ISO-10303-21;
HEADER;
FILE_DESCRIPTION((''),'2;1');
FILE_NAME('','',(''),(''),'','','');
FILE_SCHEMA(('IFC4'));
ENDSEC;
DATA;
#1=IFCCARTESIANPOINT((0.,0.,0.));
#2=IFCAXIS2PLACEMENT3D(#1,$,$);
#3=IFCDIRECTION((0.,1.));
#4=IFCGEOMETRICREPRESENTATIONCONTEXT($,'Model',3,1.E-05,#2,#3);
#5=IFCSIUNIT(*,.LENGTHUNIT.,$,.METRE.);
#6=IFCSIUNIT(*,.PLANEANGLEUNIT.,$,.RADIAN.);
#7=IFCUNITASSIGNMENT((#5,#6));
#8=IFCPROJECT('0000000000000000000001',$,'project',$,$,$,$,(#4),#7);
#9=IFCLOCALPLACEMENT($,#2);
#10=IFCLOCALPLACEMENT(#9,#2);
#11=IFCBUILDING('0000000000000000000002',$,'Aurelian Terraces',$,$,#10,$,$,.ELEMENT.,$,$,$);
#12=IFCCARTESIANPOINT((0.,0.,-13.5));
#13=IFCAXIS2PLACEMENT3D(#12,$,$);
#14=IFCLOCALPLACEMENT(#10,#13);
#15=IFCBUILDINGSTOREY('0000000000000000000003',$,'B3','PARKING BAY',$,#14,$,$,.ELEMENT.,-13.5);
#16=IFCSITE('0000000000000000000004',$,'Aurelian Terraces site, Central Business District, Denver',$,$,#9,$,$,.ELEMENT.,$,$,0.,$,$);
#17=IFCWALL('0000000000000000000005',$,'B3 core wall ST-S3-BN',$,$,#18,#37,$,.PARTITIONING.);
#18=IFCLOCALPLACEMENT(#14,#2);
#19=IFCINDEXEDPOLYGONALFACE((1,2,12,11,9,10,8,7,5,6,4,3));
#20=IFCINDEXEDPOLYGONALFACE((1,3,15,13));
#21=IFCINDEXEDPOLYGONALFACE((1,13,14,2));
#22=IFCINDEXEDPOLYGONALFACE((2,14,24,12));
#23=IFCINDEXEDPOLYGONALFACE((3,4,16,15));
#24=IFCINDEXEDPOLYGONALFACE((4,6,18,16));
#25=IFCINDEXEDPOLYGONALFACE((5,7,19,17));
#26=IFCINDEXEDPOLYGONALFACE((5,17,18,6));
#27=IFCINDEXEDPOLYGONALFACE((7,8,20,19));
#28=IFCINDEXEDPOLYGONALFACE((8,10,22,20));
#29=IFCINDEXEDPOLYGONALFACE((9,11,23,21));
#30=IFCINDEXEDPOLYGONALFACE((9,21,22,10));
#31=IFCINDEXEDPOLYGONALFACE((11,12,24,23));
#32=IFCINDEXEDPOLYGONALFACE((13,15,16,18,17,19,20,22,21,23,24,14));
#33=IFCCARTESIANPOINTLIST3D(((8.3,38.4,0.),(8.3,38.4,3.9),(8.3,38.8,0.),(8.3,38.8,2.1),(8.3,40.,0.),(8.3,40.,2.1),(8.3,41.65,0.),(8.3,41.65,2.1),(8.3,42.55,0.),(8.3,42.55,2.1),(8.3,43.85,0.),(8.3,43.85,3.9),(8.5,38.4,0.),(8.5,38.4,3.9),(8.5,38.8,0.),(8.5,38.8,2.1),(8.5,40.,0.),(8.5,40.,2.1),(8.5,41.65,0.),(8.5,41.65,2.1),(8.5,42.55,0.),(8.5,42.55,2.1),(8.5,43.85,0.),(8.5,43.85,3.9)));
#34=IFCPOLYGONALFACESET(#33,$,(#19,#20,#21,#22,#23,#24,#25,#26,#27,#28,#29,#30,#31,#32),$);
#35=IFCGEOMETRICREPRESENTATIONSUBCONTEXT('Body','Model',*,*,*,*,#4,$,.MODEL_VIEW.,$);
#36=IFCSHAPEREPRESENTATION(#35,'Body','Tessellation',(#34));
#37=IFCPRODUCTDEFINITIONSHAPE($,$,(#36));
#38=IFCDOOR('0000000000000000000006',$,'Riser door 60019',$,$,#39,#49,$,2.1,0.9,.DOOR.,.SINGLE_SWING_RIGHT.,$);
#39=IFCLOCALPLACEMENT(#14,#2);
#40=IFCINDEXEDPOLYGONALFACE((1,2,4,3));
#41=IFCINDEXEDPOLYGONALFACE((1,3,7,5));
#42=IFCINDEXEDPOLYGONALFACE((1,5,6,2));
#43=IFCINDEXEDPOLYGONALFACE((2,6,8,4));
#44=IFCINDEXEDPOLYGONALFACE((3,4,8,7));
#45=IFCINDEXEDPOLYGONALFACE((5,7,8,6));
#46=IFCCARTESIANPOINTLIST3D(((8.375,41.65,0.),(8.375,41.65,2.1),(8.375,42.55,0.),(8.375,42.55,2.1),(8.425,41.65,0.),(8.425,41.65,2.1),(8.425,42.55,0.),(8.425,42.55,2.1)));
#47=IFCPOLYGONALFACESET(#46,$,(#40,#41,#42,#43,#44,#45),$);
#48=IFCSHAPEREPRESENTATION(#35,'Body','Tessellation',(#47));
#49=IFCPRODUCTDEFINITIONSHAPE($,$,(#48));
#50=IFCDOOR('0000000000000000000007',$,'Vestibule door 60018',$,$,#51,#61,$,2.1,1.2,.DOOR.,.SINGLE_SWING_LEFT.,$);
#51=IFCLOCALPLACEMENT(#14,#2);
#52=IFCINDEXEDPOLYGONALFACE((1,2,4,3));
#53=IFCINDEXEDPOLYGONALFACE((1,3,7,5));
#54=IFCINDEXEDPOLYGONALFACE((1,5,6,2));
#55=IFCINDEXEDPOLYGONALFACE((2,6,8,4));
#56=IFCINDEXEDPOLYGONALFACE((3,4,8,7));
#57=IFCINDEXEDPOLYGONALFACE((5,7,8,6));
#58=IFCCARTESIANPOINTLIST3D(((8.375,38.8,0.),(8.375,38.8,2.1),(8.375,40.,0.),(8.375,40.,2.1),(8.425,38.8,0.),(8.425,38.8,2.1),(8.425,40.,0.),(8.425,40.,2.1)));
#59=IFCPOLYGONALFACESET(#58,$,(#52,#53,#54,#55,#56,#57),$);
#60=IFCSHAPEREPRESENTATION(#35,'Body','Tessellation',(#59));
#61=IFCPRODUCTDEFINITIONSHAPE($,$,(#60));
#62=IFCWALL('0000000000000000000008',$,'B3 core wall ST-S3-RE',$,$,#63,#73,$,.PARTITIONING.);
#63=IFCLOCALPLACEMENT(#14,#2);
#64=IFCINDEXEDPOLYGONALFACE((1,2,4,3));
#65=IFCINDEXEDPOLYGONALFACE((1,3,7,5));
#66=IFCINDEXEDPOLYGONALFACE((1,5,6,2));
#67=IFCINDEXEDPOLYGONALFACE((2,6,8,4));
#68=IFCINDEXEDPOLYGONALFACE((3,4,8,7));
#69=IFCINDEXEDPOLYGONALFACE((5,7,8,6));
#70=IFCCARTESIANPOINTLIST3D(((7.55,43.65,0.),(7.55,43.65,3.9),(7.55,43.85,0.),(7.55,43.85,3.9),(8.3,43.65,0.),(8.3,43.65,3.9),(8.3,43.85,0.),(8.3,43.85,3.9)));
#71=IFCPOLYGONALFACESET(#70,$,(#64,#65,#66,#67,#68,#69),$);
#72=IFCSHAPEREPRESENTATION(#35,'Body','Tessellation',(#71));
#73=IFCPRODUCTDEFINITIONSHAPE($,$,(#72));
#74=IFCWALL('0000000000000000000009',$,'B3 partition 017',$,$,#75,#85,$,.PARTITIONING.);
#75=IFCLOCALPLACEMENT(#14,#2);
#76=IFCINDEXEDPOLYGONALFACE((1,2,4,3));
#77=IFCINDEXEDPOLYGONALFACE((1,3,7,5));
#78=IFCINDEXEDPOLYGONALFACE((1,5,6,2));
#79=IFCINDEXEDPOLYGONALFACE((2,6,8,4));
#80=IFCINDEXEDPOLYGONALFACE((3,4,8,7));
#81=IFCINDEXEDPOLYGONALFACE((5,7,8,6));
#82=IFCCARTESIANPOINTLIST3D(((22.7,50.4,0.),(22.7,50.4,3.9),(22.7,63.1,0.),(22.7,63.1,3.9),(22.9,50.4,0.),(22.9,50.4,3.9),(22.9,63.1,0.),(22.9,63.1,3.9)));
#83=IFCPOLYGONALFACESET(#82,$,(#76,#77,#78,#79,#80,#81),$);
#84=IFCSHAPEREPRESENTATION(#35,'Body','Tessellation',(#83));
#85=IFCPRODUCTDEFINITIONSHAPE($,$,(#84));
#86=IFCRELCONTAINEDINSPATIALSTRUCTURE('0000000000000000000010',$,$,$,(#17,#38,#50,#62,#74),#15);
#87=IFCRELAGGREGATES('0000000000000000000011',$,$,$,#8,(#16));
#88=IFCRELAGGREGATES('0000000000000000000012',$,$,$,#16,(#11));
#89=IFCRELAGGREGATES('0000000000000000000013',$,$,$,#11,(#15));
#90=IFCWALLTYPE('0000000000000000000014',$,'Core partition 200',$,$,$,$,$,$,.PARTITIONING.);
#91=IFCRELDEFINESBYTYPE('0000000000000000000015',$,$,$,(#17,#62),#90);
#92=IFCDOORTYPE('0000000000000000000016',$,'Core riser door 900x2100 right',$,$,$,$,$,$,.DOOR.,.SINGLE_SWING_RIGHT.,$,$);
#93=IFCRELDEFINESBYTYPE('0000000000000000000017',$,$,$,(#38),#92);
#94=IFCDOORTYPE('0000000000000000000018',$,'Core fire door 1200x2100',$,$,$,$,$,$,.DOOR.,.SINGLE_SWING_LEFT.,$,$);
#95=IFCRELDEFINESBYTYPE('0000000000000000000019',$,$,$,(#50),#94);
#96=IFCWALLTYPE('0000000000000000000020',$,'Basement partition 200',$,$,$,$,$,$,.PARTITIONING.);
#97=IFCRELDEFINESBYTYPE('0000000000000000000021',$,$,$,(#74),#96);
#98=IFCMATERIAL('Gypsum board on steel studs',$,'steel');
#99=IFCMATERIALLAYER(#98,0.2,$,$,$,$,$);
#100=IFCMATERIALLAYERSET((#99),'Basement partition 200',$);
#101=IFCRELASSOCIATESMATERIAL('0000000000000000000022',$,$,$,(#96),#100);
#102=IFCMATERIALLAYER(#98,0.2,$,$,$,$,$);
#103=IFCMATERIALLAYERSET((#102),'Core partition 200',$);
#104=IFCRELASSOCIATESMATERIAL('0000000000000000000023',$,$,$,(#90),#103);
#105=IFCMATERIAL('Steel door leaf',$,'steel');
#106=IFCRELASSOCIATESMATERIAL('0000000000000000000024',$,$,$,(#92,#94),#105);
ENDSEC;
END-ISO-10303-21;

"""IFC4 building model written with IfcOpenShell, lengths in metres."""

from ifc_helpers import new_model, si_unit, direction, frame, frame_2d, origin, place, context, subcontext, project, spatial, rectangle, extrude, source, transform, mapped, material, layer, layer_set, type_object, element, fill, save


model = new_model("IFC4")

# Units and contexts
model_context = context("Model", 3, precision=1e-05, world=origin(), true_north=direction((0.0, 1.0)))
body_context = subcontext(model_context, "Body", "Model", "MODEL_VIEW")
ifc_project = project(units=[si_unit("LENGTHUNIT", "METRE"), si_unit("PLANEANGLEUNIT", "RADIAN")], contexts=[model_context])

# Site, building, storey
site_placement = place(None, origin())
site = spatial("IfcSite", under=ifc_project, at=site_placement, Name="Aurelian Terraces site, Central Business District, Denver", CompositionType="ELEMENT", RefElevation=0.0)
building_placement = place(site_placement, origin())
building = spatial("IfcBuilding", under=site, at=building_placement, Name="Aurelian Terraces", CompositionType="ELEMENT")
storey_placement = place(building_placement, frame((0.0, 0.0, -13.5)))
storey = spatial("IfcBuildingStorey", under=building, at=storey_placement, Name="B3", Description="PARKING BAY", CompositionType="ELEMENT", Elevation=-13.5)

# Shared definitions
ifc_material_1 = material(Name="Gypsum board on steel studs", Category="steel")
ifc_layer_1 = layer(ifc_material_1, 0.2)
ifc_layer_set_1 = layer_set([ifc_layer_1], Name="Basement partition 200")
wall_type_1 = type_object("IfcWallType", Name="Basement partition 200", PredefinedType="PARTITIONING", material=ifc_layer_set_1)

# Shared definitions
ifc_material_2 = material(Name="Steel door leaf", Category="steel")

# Wall, openings, doors
ifc_layer_2 = layer(ifc_material_1, 0.2)
ifc_layer_set_2 = layer_set([ifc_layer_2], Name="Core partition 200")
wall_type_2 = type_object("IfcWallType", Name="Core partition 200", PredefinedType="PARTITIONING", material=ifc_layer_set_2)
shared_shape_1 = source(origin(), body_context, "Body", "SweptSolid", [
    extrude(rectangle(XDim=5.45, YDim=0.2, at=frame_2d((2.725, 0.0))), origin(), (0.0, 0.0, 1.0), 3.9),
])
wall_1_placement = place(storey_placement, frame((8.4, 38.4, 0.0), z_axis=(0.0, 0.0, 1.0), x_axis=(0.0, 1.0, 0.0)))
wall_1 = element("IfcWall", 1, at=wall_1_placement, inside=storey, type_object=wall_type_2, Name="B3 core wall ST-S3-BN", PredefinedType="PARTITIONING", context=body_context, shape_type="MappedRepresentation", body=[
    mapped(shared_shape_1, transform((0.0, 0.0, 0.0), scale=1.0)),
])
shared_shape_2 = source(origin(), body_context, "Body", "SweptSolid", [
    extrude(rectangle(XDim=1.2, YDim=2.1, at=frame_2d((0.6, 1.05))), frame((0.0, 0.11, 0.0), z_axis=(0.0, -1.0, 0.0), x_axis=(1.0, 0.0, 0.0)), (0.0, 0.0, 1.0), 0.22),
])
opening_1_placement = place(wall_1_placement, frame((0.4, 0.0, 0.0)))
opening_1 = element("IfcOpeningElement", 2, at=opening_1_placement, cuts=wall_1, PredefinedType="OPENING", context=body_context, shape_type="MappedRepresentation", body=[
    mapped(shared_shape_2, transform((0.0, 0.0, 0.0), scale=1.0)),
])
shared_shape_3 = source(origin(), body_context, "Body", "SweptSolid", [
    extrude(rectangle(XDim=0.9, YDim=2.1, at=frame_2d((0.45, 1.05))), frame((0.0, 0.11, 0.0), z_axis=(0.0, -1.0, 0.0), x_axis=(1.0, 0.0, 0.0)), (0.0, 0.0, 1.0), 0.22),
])
opening_2_placement = place(wall_1_placement, frame((3.25, 0.0, 0.0)))
opening_2 = element("IfcOpeningElement", 3, at=opening_2_placement, cuts=wall_1, PredefinedType="OPENING", context=body_context, shape_type="MappedRepresentation", body=[
    mapped(shared_shape_3, transform((0.0, 0.0, 0.0), scale=1.0)),
])
door_type_1 = type_object("IfcDoorType", Name="Core riser door 900x2100 right", OperationType="SINGLE_SWING_RIGHT", PredefinedType="DOOR", material=ifc_material_2)
shared_shape_4 = source(origin(), body_context, "Body", "SweptSolid", [
    extrude(rectangle(XDim=0.9, YDim=2.1, at=frame_2d((0.45, 1.05))), frame((0.0, 0.025, 0.0), z_axis=(0.0, -1.0, 0.0), x_axis=(1.0, 0.0, 0.0)), (0.0, 0.0, 1.0), 0.05),
])
door_1_placement = place(opening_2_placement, origin())
door_1 = element("IfcDoor", 4, at=door_1_placement, inside=storey, type_object=door_type_1, Name="Riser door 60019", OperationType="SINGLE_SWING_RIGHT", OverallHeight=2.1, OverallWidth=0.9, PredefinedType="DOOR", context=body_context, shape_type="MappedRepresentation", body=[
    mapped(shared_shape_4, transform((0.0, 0.0, 0.0), scale=1.0)),
])
fill(opening_2, door_1)
door_type_2 = type_object("IfcDoorType", Name="Core fire door 1200x2100", OperationType="SINGLE_SWING_LEFT", PredefinedType="DOOR", material=ifc_material_2)
shared_shape_5 = source(origin(), body_context, "Body", "SweptSolid", [
    extrude(rectangle(XDim=1.2, YDim=2.1, at=frame_2d((0.6, 1.05))), frame((0.0, 0.025, 0.0), z_axis=(0.0, -1.0, 0.0), x_axis=(1.0, 0.0, 0.0)), (0.0, 0.0, 1.0), 0.05),
])
door_2_placement = place(opening_1_placement, origin())
door_2 = element("IfcDoor", 5, at=door_2_placement, inside=storey, type_object=door_type_2, Name="Vestibule door 60018", OperationType="SINGLE_SWING_LEFT", OverallHeight=2.1, OverallWidth=1.2, PredefinedType="DOOR", context=body_context, shape_type="MappedRepresentation", body=[
    mapped(shared_shape_5, transform((0.0, 0.0, 0.0), scale=1.0)),
])
fill(opening_1, door_2)

# Walls
shared_shape_6 = source(origin(), body_context, "Body", "SweptSolid", [
    extrude(rectangle(XDim=0.75, YDim=0.2, at=frame_2d((0.375, 0.0))), origin(), (0.0, 0.0, 1.0), 3.9),
])
wall_2_placement = place(storey_placement, frame((7.55, 43.75, 0.0), z_axis=(0.0, 0.0, 1.0), x_axis=(1.0, 0.0, 0.0)))
element("IfcWall", 6, at=wall_2_placement, inside=storey, type_object=wall_type_2, Name="B3 core wall ST-S3-RE", PredefinedType="PARTITIONING", context=body_context, shape_type="MappedRepresentation", body=[
    mapped(shared_shape_6, transform((0.0, 0.0, 0.0), scale=1.0)),
])
shared_shape_7 = source(origin(), body_context, "Body", "SweptSolid", [
    extrude(rectangle(XDim=12.7, YDim=0.2, at=frame_2d((6.35, 0.0))), origin(), (0.0, 0.0, 1.0), 3.9),
])
wall_3_placement = place(storey_placement, frame((22.8, 50.4, 0.0), z_axis=(0.0, 0.0, 1.0), x_axis=(0.0, 1.0, 0.0)))
element("IfcWall", 7, at=wall_3_placement, inside=storey, type_object=wall_type_1, Name="B3 partition 017", PredefinedType="PARTITIONING", context=body_context, shape_type="MappedRepresentation", body=[
    mapped(shared_shape_7, transform((0.0, 0.0, 0.0), scale=1.0)),
])

save(model, "model.ifc")
